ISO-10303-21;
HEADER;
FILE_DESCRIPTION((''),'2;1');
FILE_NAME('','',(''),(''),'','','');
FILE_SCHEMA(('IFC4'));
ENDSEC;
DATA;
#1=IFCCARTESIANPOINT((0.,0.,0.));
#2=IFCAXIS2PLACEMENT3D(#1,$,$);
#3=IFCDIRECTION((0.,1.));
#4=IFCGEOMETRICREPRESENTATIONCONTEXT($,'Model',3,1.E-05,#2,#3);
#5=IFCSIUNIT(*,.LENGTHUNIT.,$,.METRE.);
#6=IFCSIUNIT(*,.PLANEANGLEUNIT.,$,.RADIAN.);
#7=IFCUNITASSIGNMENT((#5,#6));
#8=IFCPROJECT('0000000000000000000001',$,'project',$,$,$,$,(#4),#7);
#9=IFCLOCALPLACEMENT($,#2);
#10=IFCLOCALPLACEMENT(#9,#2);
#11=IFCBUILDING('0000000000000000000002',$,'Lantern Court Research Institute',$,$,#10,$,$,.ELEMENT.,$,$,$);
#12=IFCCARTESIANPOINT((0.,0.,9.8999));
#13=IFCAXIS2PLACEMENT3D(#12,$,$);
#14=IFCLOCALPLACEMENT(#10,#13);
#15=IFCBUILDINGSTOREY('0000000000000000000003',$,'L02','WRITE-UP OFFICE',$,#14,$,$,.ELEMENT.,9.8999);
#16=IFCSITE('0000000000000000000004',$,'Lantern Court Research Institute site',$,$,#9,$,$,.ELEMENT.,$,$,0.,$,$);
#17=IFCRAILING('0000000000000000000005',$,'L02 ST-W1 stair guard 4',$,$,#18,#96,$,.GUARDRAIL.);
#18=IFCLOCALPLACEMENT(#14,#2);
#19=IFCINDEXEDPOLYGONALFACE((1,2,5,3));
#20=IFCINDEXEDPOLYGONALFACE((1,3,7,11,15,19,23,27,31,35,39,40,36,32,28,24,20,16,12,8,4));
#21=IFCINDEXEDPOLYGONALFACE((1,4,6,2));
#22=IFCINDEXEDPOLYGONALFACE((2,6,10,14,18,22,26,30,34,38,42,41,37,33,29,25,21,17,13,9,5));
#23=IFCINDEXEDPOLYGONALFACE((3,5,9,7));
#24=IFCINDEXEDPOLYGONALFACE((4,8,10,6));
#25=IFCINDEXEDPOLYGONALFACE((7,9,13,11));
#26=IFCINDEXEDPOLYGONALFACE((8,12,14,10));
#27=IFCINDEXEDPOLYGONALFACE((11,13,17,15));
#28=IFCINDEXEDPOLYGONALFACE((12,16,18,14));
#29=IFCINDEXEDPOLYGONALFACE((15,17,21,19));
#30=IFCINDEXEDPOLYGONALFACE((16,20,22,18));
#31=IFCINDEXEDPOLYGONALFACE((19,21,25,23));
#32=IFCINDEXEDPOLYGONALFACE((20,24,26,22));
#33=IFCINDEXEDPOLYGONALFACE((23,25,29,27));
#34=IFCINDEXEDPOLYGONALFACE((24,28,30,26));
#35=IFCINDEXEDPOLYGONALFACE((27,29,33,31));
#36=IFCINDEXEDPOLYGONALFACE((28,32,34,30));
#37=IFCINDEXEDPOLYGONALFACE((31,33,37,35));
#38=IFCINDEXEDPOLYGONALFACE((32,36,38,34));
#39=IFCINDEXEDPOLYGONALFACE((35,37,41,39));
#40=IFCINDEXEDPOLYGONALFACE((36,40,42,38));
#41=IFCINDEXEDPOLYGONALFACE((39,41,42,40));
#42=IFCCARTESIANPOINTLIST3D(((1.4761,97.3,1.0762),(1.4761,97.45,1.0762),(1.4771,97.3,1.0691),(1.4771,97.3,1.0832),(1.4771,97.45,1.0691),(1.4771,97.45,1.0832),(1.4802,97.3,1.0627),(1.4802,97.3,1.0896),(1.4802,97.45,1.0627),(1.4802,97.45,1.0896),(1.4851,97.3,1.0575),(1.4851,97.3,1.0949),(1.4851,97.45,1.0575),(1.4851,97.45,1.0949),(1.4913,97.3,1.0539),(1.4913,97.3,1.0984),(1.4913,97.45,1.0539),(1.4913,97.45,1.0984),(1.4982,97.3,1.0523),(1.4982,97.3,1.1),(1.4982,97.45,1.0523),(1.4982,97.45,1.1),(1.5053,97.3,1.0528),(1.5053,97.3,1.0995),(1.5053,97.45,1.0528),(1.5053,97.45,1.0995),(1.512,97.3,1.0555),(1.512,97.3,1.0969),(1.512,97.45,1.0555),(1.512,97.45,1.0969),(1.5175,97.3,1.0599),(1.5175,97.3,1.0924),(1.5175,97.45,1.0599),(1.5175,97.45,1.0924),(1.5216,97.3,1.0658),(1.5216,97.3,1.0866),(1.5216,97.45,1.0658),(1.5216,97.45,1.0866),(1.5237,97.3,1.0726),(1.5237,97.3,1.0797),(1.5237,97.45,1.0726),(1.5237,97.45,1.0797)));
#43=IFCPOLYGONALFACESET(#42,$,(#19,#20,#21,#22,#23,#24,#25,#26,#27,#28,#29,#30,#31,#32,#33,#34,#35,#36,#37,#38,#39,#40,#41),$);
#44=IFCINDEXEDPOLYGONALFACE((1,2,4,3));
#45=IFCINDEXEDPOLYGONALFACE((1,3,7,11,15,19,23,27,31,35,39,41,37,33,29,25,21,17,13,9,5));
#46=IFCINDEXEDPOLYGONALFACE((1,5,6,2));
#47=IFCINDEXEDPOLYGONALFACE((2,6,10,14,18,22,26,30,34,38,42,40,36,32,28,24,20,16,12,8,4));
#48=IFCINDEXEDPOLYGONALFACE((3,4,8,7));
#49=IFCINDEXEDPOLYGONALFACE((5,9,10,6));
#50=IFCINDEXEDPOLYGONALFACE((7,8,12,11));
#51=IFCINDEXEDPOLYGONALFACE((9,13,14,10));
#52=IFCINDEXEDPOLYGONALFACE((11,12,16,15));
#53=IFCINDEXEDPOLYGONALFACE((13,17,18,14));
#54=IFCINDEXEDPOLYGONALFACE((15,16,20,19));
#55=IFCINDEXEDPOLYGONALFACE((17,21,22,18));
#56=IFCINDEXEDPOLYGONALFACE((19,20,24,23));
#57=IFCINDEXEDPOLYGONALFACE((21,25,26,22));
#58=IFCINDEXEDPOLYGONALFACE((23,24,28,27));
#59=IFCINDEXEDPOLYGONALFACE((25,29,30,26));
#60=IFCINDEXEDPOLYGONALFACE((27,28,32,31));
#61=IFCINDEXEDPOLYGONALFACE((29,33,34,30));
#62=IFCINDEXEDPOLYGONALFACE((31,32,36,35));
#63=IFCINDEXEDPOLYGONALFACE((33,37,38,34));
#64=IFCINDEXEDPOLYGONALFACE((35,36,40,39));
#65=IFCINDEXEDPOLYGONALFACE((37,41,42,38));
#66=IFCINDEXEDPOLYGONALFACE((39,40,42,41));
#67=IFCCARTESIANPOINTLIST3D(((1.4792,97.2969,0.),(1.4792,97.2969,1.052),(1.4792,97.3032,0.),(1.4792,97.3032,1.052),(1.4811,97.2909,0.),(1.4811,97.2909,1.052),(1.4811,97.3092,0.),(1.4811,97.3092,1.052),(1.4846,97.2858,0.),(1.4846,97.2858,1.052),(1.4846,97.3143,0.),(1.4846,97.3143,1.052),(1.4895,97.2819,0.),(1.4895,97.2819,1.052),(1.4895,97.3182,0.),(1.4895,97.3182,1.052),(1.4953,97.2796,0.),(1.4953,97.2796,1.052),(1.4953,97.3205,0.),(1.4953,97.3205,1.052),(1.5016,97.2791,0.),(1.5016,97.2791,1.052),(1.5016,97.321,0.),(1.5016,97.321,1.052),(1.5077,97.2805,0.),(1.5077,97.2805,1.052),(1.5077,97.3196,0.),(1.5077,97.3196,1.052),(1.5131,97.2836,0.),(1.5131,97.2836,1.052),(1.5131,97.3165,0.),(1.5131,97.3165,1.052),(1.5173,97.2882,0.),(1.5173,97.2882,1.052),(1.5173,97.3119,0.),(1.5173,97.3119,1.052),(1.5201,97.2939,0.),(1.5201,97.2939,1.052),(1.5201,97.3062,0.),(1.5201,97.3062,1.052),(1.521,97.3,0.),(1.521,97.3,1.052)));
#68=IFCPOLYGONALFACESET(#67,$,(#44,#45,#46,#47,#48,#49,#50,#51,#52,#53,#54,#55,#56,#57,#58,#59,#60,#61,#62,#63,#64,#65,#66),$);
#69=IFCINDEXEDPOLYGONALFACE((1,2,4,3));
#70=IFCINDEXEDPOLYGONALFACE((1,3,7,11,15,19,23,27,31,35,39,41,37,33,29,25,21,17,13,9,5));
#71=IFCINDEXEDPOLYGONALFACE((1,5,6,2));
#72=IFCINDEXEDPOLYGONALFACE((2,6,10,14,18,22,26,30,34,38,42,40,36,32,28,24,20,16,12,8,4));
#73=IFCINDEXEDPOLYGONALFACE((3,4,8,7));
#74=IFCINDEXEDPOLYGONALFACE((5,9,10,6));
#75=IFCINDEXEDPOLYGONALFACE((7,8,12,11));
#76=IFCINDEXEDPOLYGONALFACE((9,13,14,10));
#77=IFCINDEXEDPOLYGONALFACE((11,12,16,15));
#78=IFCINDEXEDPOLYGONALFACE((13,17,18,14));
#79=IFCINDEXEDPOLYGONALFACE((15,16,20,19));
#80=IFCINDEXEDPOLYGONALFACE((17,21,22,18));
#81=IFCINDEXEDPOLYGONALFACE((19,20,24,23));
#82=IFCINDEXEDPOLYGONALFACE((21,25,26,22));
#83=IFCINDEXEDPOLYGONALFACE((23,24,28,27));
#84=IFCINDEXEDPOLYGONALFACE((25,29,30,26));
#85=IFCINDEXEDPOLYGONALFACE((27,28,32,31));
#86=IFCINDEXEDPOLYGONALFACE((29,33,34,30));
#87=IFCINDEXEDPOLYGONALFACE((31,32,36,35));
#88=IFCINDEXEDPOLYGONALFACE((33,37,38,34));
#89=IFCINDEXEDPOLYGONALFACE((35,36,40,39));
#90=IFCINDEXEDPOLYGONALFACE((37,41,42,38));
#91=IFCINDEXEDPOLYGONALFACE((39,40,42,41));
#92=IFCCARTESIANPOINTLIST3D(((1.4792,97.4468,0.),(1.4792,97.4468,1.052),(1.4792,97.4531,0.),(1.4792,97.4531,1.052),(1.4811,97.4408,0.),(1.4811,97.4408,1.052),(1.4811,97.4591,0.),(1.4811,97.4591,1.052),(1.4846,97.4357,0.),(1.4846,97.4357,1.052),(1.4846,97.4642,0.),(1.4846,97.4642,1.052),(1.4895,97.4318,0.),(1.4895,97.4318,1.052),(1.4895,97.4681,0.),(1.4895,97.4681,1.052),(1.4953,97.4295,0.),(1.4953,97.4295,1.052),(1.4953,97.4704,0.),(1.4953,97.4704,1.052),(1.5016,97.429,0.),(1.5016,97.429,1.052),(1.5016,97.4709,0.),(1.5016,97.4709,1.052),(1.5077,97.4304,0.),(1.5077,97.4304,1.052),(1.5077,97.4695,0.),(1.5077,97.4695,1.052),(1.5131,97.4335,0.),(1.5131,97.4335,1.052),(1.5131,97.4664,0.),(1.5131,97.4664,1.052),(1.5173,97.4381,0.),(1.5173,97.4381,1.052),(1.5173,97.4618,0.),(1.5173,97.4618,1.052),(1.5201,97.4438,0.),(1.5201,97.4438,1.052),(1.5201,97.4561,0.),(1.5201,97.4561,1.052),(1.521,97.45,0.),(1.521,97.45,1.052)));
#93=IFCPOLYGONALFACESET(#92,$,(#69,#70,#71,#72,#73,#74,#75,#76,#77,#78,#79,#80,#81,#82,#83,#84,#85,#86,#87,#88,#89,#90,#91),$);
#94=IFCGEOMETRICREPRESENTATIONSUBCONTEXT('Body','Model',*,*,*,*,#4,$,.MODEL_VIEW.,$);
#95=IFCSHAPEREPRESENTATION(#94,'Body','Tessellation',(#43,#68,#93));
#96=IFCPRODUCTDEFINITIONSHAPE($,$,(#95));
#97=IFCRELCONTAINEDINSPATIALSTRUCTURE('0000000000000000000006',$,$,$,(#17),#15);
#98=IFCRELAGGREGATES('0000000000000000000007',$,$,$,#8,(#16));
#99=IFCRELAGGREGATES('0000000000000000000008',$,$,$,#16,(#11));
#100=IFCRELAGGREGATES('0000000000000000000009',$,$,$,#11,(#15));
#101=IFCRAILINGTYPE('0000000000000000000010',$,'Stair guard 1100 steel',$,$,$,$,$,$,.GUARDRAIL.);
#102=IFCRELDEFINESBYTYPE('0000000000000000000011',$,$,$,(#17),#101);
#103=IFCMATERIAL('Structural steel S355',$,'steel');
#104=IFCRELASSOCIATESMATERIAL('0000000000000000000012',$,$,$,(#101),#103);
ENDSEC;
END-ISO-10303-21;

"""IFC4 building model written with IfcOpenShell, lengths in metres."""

from ifc_helpers import new_model, si_unit, direction, frame, origin, origin_2d, place, context, subcontext, project, spatial, circle, extrude, material, type_object, element, save


model = new_model("IFC4")

# Units and contexts
model_context = context("Model", 3, precision=1e-05, world=origin(), true_north=direction((0.0, 1.0)))
body_context = subcontext(model_context, "Body", "Model", "MODEL_VIEW")
ifc_project = project(units=[si_unit("LENGTHUNIT", "METRE"), si_unit("PLANEANGLEUNIT", "RADIAN")], contexts=[model_context])

# Site, building, storey
site_placement = place(None, origin())
site = spatial("IfcSite", under=ifc_project, at=site_placement, Name="Lantern Court Research Institute site", CompositionType="ELEMENT", RefElevation=0.0)
building_placement = place(site_placement, origin())
building = spatial("IfcBuilding", under=site, at=building_placement, Name="Lantern Court Research Institute", CompositionType="ELEMENT")
storey_placement = place(building_placement, frame((0.0, 0.0, 9.8999)))
storey = spatial("IfcBuildingStorey", under=building, at=storey_placement, Name="L02", Description="WRITE-UP OFFICE", CompositionType="ELEMENT", Elevation=9.8999)

# Railing
ifc_material_1 = material(Name="Structural steel S355", Category="steel")
railing_type_1 = type_object("IfcRailingType", Name="Stair guard 1100 steel", PredefinedType="GUARDRAIL", material=ifc_material_1)
railing_1_placement = place(storey_placement, frame((1.5, 97.3, 0.0)))
element("IfcRailing", 1, at=railing_1_placement, inside=storey, type_object=railing_type_1, Name="L02 ST-W1 stair guard 4", PredefinedType="GUARDRAIL", context=body_context, shape_type="SweptSolid", body=[
    extrude(circle(Radius=0.0239, at=origin_2d()), frame((0.0, 0.0, 1.0762), z_axis=(0.0, 1.0, 0.0), x_axis=(-1.0, 0.0, 0.0)), (0.0, 0.0, 1.0), 0.1499),
    extrude(circle(Radius=0.021, at=origin_2d()), origin(), (0.0, 0.0, 1.0), 1.052),
    extrude(circle(Radius=0.021, at=origin_2d()), frame((0.0, 0.1499, 0.0)), (0.0, 0.0, 1.0), 1.052),
])

save(model, "model.ifc")
